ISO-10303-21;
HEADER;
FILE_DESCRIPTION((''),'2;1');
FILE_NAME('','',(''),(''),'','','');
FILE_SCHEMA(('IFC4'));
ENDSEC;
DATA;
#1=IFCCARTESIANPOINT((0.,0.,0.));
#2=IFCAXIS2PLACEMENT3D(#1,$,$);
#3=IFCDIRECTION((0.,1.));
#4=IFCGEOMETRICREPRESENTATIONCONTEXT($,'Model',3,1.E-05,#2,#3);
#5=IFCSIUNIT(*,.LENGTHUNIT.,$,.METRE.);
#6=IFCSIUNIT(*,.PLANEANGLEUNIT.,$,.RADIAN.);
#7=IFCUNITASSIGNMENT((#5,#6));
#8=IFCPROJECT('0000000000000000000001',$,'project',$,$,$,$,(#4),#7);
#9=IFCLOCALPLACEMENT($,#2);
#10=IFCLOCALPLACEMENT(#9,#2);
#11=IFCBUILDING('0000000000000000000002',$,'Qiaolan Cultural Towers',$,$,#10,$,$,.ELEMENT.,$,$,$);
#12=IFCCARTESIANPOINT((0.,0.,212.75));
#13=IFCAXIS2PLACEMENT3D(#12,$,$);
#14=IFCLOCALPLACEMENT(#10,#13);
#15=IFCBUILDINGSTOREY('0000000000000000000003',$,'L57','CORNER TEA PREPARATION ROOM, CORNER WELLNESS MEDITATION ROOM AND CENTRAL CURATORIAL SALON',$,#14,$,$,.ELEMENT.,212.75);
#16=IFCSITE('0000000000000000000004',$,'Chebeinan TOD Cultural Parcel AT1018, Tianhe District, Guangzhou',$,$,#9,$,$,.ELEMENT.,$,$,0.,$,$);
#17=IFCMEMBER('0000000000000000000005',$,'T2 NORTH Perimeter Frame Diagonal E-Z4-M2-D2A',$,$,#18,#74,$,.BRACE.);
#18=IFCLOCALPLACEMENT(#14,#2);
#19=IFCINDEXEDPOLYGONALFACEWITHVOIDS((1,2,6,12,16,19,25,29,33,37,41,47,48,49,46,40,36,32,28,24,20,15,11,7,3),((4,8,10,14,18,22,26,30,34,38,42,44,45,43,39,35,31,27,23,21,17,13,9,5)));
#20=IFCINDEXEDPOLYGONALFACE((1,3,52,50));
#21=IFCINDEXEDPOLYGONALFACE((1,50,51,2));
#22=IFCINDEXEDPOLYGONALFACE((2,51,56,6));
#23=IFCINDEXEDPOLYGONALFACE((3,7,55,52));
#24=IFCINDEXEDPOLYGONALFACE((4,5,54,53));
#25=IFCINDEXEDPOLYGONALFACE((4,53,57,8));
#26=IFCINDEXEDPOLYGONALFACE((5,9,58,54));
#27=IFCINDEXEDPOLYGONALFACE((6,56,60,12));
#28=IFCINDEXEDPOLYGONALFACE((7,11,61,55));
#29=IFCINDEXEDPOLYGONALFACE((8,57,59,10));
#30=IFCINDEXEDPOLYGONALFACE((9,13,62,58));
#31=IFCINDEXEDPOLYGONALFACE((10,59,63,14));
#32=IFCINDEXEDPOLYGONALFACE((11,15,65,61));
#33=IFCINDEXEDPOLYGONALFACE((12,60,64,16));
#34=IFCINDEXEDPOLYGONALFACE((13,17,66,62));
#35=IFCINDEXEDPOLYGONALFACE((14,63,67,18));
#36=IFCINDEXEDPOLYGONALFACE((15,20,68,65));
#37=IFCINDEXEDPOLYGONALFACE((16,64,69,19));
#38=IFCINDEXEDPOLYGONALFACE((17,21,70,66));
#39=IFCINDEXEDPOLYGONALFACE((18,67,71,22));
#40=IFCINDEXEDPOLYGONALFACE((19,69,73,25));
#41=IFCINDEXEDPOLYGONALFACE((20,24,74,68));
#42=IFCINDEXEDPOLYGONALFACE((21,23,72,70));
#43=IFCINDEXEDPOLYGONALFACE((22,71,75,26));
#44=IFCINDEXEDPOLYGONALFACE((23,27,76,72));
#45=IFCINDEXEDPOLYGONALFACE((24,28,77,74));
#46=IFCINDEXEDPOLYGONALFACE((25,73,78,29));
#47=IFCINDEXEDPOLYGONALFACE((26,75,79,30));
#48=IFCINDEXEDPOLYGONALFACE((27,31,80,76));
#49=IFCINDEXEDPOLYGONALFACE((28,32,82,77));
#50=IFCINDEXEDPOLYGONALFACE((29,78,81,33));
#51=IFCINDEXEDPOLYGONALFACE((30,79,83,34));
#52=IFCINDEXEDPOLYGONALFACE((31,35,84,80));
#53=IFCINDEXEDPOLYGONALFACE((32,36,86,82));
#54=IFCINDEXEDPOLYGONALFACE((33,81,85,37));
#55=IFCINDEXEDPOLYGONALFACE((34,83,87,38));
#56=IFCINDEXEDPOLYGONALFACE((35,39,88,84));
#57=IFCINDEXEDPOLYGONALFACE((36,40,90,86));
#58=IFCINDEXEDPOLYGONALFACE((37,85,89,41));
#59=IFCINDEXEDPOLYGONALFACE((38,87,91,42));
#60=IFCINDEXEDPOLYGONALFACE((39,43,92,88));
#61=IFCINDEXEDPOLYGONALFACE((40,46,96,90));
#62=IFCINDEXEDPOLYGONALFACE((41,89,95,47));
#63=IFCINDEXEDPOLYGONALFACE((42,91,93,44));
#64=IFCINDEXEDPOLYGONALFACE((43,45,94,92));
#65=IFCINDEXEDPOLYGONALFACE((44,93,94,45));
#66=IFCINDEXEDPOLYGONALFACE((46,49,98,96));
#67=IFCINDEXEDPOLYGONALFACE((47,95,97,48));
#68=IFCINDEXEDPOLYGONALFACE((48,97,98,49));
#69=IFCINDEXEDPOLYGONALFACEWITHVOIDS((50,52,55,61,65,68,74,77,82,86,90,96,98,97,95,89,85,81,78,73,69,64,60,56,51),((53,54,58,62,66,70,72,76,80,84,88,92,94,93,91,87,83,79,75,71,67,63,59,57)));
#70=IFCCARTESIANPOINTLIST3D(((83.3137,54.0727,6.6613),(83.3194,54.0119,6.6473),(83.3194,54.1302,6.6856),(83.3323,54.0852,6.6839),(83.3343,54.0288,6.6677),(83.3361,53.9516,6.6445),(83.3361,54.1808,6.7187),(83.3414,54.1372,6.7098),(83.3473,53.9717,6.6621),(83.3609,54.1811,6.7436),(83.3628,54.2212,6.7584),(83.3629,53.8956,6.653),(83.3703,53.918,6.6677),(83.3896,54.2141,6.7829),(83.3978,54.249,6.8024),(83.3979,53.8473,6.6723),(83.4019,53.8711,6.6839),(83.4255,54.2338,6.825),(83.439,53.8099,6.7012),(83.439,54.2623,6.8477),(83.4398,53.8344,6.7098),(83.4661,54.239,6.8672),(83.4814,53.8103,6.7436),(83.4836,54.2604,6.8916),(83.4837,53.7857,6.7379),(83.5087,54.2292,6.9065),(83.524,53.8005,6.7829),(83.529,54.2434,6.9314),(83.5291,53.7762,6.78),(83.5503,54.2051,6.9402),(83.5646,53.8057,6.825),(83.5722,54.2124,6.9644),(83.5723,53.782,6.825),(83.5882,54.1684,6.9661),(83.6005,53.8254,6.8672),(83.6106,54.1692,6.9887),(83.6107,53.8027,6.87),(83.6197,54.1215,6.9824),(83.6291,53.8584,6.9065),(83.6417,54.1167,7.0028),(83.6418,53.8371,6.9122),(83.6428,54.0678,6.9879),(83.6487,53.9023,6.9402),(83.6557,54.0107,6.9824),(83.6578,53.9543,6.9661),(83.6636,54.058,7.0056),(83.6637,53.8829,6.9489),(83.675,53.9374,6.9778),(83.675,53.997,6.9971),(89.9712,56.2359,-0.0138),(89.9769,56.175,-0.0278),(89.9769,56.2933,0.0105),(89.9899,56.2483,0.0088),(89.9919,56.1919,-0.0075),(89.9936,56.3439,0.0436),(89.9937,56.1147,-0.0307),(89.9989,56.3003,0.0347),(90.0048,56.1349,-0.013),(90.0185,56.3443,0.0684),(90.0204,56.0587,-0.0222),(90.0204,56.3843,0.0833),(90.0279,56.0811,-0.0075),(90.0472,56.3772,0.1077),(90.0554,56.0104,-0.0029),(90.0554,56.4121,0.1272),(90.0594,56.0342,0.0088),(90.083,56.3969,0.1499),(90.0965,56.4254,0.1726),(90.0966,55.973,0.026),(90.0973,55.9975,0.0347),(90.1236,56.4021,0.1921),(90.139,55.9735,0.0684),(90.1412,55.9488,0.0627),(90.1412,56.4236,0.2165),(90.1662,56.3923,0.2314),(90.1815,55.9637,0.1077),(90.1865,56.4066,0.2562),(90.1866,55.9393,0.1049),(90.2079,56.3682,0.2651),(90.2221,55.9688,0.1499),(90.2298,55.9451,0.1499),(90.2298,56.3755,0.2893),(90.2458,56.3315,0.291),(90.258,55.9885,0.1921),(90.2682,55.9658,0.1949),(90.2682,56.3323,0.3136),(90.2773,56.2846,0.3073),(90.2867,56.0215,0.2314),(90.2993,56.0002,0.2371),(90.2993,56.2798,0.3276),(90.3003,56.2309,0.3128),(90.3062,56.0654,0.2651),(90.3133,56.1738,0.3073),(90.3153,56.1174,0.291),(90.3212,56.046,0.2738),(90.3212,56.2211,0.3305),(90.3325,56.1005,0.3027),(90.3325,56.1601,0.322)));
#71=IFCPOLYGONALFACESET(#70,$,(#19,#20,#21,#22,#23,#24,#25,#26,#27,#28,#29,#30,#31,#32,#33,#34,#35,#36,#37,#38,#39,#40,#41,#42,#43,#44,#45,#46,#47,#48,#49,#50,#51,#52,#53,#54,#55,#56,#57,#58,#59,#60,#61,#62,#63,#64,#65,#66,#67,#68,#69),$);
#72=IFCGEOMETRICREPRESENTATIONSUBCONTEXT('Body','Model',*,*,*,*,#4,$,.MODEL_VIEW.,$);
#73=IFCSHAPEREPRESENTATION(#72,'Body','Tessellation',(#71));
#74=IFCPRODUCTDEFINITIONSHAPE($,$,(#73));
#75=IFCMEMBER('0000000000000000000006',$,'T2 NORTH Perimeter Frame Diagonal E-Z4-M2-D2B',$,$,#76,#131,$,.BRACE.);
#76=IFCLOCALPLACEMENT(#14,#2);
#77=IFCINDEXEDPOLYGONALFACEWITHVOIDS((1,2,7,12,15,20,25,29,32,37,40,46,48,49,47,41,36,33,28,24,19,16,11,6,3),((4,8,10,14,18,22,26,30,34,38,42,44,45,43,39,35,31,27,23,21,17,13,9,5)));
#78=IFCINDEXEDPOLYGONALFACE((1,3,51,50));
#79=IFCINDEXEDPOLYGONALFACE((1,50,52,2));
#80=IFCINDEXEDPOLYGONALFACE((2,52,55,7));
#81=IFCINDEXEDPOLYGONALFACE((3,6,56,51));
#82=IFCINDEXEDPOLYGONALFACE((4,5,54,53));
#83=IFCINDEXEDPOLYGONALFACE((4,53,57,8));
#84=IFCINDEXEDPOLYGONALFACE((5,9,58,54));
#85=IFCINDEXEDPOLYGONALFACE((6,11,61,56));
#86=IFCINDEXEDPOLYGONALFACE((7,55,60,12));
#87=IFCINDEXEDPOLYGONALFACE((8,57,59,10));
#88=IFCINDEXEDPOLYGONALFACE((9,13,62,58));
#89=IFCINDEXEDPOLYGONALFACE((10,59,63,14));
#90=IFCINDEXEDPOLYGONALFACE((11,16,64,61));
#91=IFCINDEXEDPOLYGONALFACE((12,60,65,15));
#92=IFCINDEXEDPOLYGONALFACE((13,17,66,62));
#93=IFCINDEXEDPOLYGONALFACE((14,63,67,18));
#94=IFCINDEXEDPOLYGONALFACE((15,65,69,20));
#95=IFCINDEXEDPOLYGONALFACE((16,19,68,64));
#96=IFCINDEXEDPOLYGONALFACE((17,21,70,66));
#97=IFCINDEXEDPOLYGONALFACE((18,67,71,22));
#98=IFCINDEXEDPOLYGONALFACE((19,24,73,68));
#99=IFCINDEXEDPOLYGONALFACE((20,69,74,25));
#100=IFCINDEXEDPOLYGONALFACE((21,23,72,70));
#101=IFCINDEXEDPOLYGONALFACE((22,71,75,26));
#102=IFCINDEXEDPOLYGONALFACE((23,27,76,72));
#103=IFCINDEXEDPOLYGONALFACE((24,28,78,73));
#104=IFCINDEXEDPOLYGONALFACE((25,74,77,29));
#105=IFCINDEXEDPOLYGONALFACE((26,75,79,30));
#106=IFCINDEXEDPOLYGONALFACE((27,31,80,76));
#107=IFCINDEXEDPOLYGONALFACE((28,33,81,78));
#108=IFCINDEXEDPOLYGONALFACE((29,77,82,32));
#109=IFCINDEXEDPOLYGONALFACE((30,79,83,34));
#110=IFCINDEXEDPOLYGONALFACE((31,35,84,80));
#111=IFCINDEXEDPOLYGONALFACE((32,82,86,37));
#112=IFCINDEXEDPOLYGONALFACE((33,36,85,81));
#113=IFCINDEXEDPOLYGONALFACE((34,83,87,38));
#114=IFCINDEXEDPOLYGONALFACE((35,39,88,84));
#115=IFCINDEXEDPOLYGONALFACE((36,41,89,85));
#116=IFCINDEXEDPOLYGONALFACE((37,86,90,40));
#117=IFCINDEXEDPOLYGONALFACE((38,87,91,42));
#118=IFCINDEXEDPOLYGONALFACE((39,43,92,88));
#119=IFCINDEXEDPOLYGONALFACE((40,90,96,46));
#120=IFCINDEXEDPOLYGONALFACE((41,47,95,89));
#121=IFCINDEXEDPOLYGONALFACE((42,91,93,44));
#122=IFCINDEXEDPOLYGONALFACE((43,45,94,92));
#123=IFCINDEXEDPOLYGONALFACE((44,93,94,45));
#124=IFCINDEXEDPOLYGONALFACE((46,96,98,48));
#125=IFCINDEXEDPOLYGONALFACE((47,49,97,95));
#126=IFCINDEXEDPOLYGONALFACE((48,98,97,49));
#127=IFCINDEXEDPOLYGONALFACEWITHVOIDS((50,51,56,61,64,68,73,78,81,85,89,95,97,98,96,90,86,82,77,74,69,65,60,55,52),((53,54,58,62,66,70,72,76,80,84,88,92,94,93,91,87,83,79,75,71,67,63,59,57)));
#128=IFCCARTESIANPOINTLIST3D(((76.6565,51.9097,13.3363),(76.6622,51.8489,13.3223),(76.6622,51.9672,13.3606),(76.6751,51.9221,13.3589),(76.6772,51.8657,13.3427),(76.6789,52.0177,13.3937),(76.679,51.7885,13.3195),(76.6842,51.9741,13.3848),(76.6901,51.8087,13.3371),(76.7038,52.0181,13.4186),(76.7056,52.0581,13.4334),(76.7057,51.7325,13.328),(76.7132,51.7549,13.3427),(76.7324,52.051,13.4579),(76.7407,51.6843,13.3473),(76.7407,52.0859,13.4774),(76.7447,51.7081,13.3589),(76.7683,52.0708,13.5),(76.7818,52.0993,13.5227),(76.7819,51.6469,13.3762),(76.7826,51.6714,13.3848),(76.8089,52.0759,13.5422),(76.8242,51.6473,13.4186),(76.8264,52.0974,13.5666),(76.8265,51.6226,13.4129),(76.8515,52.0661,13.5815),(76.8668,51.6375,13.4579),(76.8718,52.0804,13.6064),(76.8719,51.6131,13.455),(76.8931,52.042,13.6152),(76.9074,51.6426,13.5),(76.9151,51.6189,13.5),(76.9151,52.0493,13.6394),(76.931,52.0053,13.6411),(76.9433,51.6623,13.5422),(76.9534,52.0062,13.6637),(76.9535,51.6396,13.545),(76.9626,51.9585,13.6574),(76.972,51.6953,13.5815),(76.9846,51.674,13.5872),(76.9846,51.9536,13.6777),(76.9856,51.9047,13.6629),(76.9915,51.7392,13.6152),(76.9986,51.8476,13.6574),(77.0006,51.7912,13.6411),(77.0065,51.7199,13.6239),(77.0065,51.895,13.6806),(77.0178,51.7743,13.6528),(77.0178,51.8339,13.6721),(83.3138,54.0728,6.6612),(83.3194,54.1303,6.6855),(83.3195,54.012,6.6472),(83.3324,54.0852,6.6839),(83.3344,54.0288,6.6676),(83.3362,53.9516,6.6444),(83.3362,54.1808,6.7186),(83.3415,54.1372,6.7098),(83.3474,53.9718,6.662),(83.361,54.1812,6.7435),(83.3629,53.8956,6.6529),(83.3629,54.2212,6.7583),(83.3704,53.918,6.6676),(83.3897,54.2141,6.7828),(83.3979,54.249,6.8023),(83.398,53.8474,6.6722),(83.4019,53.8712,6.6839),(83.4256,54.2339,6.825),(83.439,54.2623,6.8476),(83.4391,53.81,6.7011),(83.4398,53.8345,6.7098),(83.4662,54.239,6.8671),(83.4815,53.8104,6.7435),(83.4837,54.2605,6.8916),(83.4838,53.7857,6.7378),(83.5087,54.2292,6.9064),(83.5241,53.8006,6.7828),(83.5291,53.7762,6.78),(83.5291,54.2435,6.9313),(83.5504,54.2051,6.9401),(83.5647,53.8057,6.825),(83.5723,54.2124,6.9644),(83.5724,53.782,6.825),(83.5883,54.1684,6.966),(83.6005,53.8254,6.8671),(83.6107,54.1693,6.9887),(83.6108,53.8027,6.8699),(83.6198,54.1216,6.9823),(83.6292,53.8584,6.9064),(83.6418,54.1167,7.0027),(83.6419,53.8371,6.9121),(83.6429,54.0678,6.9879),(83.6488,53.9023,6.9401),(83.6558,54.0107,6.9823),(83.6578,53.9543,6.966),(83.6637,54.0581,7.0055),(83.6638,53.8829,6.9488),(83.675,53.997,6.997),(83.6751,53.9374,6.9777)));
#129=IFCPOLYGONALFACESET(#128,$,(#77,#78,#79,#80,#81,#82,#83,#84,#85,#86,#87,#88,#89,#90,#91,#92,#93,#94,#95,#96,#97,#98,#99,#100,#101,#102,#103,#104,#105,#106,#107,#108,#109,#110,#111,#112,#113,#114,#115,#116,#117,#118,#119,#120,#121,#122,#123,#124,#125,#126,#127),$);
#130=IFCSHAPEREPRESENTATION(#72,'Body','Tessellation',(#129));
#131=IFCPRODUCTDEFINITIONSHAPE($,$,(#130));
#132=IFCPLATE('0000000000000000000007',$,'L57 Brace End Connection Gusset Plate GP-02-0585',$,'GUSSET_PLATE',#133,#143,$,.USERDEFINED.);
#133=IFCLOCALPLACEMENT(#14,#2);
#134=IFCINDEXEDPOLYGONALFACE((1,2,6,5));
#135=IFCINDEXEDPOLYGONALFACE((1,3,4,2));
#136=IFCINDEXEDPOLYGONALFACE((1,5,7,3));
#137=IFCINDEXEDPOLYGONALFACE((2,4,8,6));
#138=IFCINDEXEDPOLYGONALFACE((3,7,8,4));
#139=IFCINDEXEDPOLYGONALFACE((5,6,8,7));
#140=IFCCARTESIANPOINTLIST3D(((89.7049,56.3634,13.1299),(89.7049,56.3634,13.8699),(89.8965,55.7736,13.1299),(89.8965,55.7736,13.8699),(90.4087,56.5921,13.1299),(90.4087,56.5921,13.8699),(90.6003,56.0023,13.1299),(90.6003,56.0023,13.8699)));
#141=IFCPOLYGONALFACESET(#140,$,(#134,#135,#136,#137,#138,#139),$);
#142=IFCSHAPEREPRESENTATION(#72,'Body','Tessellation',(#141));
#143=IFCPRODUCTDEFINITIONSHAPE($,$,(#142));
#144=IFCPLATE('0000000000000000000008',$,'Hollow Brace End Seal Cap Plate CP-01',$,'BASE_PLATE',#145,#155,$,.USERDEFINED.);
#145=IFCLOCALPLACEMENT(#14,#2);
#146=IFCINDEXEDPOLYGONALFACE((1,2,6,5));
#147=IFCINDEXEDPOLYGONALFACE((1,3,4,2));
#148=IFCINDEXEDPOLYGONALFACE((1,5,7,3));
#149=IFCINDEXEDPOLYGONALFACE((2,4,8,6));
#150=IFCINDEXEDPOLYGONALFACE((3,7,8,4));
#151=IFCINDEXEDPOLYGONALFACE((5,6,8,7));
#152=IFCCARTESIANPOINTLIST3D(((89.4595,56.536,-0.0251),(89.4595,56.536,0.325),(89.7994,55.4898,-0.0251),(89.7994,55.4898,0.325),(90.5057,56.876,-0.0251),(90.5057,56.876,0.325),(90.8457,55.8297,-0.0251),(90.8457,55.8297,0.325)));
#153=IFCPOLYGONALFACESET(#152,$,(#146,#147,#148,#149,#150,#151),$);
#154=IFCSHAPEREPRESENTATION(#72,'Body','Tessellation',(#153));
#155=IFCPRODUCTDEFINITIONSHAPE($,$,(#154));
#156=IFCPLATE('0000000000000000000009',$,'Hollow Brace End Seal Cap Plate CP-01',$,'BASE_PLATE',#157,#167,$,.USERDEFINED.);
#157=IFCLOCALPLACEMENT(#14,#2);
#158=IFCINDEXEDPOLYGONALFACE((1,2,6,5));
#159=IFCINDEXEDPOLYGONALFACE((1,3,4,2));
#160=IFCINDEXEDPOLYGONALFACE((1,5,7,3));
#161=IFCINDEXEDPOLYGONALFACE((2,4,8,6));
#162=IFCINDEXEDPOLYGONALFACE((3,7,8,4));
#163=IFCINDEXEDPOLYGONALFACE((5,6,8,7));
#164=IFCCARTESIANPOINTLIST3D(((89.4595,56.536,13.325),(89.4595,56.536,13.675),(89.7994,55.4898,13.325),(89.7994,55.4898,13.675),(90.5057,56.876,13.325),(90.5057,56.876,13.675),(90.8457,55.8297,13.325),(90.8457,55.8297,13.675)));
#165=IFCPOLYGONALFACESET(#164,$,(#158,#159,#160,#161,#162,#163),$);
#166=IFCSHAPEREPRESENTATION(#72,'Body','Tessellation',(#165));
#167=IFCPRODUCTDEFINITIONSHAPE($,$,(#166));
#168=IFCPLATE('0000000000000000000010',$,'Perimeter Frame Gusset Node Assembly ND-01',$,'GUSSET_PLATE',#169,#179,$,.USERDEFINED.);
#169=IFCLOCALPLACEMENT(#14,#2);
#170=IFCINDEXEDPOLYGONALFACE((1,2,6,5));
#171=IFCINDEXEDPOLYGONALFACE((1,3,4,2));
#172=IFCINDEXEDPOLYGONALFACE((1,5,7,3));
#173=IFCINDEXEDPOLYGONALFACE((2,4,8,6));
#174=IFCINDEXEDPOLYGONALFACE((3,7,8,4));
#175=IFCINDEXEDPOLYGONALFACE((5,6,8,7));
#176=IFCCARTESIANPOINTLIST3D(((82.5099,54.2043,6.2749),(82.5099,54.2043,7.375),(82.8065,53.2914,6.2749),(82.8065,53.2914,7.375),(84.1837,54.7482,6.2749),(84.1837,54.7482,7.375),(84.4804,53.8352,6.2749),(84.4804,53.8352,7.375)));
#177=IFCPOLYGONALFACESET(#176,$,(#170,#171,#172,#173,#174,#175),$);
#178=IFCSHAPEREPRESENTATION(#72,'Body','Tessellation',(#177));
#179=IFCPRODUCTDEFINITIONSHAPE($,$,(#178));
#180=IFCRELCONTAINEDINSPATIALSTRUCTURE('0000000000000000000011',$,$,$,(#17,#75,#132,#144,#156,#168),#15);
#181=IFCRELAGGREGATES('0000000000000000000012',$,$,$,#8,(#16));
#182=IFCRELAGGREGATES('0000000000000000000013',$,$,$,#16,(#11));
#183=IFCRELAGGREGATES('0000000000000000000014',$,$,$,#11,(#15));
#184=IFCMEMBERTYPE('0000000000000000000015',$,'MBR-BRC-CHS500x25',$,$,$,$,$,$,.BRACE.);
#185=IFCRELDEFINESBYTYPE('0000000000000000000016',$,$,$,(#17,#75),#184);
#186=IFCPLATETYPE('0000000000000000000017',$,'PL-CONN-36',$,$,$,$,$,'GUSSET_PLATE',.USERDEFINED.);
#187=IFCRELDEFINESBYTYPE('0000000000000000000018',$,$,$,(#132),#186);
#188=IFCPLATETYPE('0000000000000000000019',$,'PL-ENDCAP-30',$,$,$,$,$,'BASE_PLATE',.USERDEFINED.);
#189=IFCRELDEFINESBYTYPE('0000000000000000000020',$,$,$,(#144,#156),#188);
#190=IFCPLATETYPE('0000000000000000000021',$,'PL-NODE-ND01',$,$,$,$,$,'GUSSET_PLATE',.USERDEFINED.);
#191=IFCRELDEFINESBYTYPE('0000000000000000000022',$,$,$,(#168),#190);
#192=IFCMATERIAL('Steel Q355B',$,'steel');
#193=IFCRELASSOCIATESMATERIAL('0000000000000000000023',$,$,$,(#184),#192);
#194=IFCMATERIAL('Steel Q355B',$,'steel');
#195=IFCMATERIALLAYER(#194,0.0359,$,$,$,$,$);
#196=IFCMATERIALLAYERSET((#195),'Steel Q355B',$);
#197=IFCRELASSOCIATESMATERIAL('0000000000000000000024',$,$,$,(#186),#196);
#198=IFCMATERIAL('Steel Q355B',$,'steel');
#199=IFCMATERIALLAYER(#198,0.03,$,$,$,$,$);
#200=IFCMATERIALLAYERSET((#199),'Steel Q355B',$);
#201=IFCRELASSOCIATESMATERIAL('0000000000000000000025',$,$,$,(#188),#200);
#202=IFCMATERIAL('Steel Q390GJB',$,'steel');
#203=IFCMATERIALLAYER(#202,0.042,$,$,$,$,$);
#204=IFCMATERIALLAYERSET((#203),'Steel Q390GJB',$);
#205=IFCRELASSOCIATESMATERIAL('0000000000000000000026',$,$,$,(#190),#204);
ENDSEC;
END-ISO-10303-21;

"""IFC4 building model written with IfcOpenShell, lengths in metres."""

from ifc_helpers import new_model, si_unit, direction, frame, origin, origin_2d, place, context, subcontext, project, spatial, rectangle, hollow_circle, extrude, material, layer, layer_set, material_profile, profile_set, type_object, element, save


model = new_model("IFC4")

# Units and contexts
model_context = context("Model", 3, precision=1e-05, world=origin(), true_north=direction((0.0, 1.0)))
body_context = subcontext(model_context, "Body", "Model", "MODEL_VIEW")
ifc_project = project(units=[si_unit("LENGTHUNIT", "METRE"), si_unit("PLANEANGLEUNIT", "RADIAN")], contexts=[model_context])

# Site, building, storey
site_placement = place(None, origin())
site = spatial("IfcSite", under=ifc_project, at=site_placement, Name="Chebeinan TOD Cultural Parcel AT1018, Tianhe District, Guangzhou", CompositionType="ELEMENT", RefElevation=0.0)
building_placement = place(site_placement, origin())
building = spatial("IfcBuilding", under=site, at=building_placement, Name="Qiaolan Cultural Towers", CompositionType="ELEMENT")
storey_placement = place(building_placement, frame((0.0, 0.0, 212.75)))
storey = spatial("IfcBuildingStorey", under=building, at=storey_placement, Name="L57", Description="CORNER TEA PREPARATION ROOM, CORNER WELLNESS MEDITATION ROOM AND CENTRAL CURATORIAL SALON", CompositionType="ELEMENT", Elevation=212.75)

# Members
ifc_material_1 = material(Name="Steel Q355B", Category="steel")
ifc_material_profile_1 = material_profile(ifc_material_1, hollow_circle(Radius=0.25, WallThickness=0.0249, at=origin_2d()), Name="CHS500x25")
ifc_profile_set_1 = profile_set([ifc_material_profile_1], Name="Steel Q355B")
member_type = type_object("IfcMemberType", Name="MBR-BRC-CHS500x25", PredefinedType="BRACE", material=ifc_profile_set_1)
for number, where, z_axis, x_axis, name in (
    (1, (90.1526, 56.1829, 0.1499), (-0.688289, -0.223633, 0.690106), (0.30901, -0.951059, 0.0), "T2 NORTH Perimeter Frame Diagonal E-Z4-M2-D2A"),
):
    element("IfcMember", number, at=place(storey_placement, frame(where, z_axis=z_axis, x_axis=x_axis)), inside=storey, type_object=member_type, Name=name, PredefinedType="BRACE", context=body_context, shape_type="SweptSolid", body=[
        extrude(hollow_circle(Radius=0.25, WallThickness=0.0249, at=origin_2d()), origin(), (0.0, 0.0, 1.0), 9.6726),
    ])
member_placement = place(storey_placement, frame((83.4951, 54.0198, 6.825), z_axis=(-0.688276, -0.223637, 0.690118), x_axis=(0.30902, -0.951056, 0.0)))
element("IfcMember", 2, at=member_placement, inside=storey, type_object=member_type, Name="T2 NORTH Perimeter Frame Diagonal E-Z4-M2-D2B", PredefinedType="BRACE", context=body_context, shape_type="SweptSolid", body=[
    extrude(hollow_circle(Radius=0.25, WallThickness=0.0249, at=origin_2d()), origin(), (0.0, 0.0, 1.0), 9.6724),
])

# Plates
ifc_material_2 = material(Name="Steel Q355B", Category="steel")
ifc_layer_1 = layer(ifc_material_2, 0.0359)
ifc_layer_set_1 = layer_set([ifc_layer_1], Name="Steel Q355B")
plate_type_1 = type_object("IfcPlateType", Name="PL-CONN-36", ElementType="GUSSET_PLATE", PredefinedType="USERDEFINED", material=ifc_layer_set_1)
plate_1_placement = place(storey_placement, frame((90.1526, 56.1829, 13.1299), z_axis=(0.0, 0.0, 1.0), x_axis=(0.951057, 0.309017, 0.0)))
element("IfcPlate", 3, at=plate_1_placement, inside=storey, type_object=plate_type_1, Name="L57 Brace End Connection Gusset Plate GP-02-0585", ObjectType="GUSSET_PLATE", PredefinedType="USERDEFINED", context=body_context, shape_type="SweptSolid", body=[
    extrude(rectangle(XDim=0.74, YDim=0.6201, at=origin_2d()), origin(), (0.0, 0.0, 1.0), 0.74),
])
ifc_material_3 = material(Name="Steel Q355B", Category="steel")
ifc_layer_2 = layer(ifc_material_3, 0.03)
ifc_layer_set_2 = layer_set([ifc_layer_2], Name="Steel Q355B")
plate_type_2 = type_object("IfcPlateType", Name="PL-ENDCAP-30", ElementType="BASE_PLATE", PredefinedType="USERDEFINED", material=ifc_layer_set_2)
for number, where, z_axis, x_axis, name in (
    (4, (90.1526, 56.1829, -0.0251), (0.0, 0.0, 1.0), (0.951057, 0.309017, 0.0), "Hollow Brace End Seal Cap Plate CP-01"),
    (5, (90.1526, 56.1829, 13.325), (0.0, 0.0, 1.0), (0.951057, 0.309017, 0.0), "Hollow Brace End Seal Cap Plate CP-01"),
):
    element("IfcPlate", number, at=place(storey_placement, frame(where, z_axis=z_axis, x_axis=x_axis)), inside=storey, type_object=plate_type_2, Name=name, ObjectType="BASE_PLATE", PredefinedType="USERDEFINED", context=body_context, shape_type="SweptSolid", body=[
        extrude(rectangle(XDim=1.1001, YDim=1.1001, at=origin_2d()), origin(), (0.0, 0.0, 1.0), 0.3501),
    ])
ifc_material_4 = material(Name="Steel Q390GJB", Category="steel")
ifc_layer_3 = layer(ifc_material_4, 0.042)
ifc_layer_set_3 = layer_set([ifc_layer_3], Name="Steel Q390GJB")
plate_type_3 = type_object("IfcPlateType", Name="PL-NODE-ND01", ElementType="GUSSET_PLATE", PredefinedType="USERDEFINED", material=ifc_layer_set_3)
plate_2_placement = place(storey_placement, frame((83.4951, 54.0198, 6.2749), z_axis=(0.0, 0.0, 1.0), x_axis=(0.951057, 0.309017, 0.0)))
element("IfcPlate", 6, at=plate_2_placement, inside=storey, type_object=plate_type_3, Name="Perimeter Frame Gusset Node Assembly ND-01", ObjectType="GUSSET_PLATE", PredefinedType="USERDEFINED", context=body_context, shape_type="SweptSolid", body=[
    extrude(rectangle(XDim=1.76, YDim=0.96, at=origin_2d()), origin(), (0.0, 0.0, 1.0), 1.1001),
])

save(model, "model.ifc")
